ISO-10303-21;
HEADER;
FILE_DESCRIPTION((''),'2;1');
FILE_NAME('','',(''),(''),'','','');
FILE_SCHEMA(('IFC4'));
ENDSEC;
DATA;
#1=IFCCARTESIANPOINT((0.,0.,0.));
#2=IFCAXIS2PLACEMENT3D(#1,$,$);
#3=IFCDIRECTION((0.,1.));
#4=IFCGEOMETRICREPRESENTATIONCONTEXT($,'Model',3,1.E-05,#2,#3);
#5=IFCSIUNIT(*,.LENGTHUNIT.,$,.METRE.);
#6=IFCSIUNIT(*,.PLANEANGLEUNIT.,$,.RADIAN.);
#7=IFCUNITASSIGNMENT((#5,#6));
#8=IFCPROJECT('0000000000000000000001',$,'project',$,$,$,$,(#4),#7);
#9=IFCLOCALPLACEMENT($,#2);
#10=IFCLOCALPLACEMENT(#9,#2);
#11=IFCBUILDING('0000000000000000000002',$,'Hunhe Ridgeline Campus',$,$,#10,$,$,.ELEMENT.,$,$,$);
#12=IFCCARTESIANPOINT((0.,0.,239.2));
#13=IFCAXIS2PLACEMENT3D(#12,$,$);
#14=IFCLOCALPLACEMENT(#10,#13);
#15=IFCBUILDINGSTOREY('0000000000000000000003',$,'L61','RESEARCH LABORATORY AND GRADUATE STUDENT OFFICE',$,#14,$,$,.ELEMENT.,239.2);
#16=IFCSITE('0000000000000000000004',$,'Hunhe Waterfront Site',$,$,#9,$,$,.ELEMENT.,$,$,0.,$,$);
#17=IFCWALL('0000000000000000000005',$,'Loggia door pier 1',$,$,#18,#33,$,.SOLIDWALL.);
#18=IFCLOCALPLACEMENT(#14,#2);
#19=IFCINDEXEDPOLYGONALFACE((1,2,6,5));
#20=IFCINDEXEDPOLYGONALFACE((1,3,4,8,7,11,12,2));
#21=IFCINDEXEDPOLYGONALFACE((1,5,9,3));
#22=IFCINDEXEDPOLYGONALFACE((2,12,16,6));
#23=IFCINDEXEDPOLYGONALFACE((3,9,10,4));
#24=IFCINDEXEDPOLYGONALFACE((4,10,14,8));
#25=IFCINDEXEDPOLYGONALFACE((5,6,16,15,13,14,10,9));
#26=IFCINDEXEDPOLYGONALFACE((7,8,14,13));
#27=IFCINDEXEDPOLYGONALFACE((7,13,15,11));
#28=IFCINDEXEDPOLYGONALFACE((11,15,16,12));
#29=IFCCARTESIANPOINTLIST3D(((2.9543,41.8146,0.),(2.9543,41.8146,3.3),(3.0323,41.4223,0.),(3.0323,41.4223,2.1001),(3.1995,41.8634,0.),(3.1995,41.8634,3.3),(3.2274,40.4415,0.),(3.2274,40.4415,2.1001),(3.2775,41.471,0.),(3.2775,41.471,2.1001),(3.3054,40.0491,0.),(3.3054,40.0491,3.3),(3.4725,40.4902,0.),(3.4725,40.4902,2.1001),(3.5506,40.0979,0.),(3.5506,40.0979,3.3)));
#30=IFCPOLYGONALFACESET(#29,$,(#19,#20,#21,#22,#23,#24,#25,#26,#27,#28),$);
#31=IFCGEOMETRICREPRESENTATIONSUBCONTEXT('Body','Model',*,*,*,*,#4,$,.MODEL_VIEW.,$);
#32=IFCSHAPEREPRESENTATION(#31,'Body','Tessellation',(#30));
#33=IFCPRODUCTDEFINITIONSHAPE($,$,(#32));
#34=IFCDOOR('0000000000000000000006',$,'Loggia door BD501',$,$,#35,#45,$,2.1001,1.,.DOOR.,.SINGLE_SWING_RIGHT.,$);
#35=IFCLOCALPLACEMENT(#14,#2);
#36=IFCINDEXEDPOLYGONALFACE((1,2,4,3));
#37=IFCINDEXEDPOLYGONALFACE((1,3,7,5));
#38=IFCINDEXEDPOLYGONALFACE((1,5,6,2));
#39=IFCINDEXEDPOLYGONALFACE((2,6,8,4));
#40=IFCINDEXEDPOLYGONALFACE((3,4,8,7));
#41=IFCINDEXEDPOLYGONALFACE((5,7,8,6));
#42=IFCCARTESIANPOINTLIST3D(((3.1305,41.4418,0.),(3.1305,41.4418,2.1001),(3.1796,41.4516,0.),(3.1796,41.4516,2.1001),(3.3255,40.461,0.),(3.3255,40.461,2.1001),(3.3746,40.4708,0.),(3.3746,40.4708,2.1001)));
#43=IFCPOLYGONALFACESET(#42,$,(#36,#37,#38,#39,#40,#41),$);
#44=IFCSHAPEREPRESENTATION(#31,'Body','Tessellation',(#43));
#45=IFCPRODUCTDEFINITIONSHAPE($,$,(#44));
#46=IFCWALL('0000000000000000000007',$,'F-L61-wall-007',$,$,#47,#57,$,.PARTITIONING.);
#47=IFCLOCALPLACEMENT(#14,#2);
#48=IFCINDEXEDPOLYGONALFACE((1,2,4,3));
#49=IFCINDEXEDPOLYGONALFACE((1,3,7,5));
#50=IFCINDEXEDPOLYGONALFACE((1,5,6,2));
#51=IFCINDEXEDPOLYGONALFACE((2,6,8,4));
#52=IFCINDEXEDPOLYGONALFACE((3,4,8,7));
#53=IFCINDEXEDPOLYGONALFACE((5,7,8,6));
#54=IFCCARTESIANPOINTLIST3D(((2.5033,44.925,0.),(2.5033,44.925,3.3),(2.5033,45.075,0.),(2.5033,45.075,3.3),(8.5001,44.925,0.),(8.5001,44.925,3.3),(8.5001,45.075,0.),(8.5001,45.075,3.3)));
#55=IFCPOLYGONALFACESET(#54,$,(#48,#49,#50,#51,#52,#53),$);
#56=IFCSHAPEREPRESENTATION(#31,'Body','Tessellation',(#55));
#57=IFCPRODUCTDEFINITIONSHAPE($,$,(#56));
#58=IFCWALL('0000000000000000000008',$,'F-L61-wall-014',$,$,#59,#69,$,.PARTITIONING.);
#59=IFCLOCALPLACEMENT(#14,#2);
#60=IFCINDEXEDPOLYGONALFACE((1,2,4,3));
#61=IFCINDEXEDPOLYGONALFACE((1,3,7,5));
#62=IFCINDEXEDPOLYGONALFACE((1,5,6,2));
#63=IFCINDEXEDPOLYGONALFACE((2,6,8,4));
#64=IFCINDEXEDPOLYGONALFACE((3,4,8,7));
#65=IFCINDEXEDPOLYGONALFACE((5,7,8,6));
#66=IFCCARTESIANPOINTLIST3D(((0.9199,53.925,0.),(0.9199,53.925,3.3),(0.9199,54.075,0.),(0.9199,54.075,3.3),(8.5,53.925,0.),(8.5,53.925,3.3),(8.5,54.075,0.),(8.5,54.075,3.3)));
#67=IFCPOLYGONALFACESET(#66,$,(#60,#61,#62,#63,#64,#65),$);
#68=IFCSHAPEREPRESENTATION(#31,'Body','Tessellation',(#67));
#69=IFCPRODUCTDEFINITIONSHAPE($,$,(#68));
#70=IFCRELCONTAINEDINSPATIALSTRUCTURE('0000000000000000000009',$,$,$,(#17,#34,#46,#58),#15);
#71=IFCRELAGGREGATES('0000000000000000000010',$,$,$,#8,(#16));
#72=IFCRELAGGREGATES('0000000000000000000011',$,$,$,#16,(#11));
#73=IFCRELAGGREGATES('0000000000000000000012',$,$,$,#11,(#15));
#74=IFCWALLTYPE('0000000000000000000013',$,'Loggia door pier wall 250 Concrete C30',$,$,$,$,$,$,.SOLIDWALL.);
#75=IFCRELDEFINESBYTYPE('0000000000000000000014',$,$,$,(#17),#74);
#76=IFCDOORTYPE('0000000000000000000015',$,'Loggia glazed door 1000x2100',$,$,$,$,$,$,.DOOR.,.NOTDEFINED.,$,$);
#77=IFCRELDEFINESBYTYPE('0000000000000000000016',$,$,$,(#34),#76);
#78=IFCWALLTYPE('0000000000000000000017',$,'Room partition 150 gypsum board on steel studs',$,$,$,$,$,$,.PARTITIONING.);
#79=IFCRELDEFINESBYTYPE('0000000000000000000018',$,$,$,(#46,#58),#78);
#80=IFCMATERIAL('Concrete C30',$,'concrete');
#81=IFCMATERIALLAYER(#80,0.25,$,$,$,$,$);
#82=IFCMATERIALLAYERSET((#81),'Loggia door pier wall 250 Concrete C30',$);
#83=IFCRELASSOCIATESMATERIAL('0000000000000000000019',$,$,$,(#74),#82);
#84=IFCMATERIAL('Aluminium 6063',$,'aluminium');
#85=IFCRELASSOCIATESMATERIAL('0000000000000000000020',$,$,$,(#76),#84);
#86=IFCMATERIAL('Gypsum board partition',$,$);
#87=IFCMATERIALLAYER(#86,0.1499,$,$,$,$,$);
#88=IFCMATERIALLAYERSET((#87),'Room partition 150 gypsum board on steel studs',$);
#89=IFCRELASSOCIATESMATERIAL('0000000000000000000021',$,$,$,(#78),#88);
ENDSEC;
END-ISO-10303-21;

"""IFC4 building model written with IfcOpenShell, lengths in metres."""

from ifc_helpers import new_model, si_unit, direction, frame, frame_2d, origin, place, context, subcontext, project, spatial, rectangle, extrude, material, layer, layer_set, type_object, element, fill, save


model = new_model("IFC4")

# Units and contexts
model_context = context("Model", 3, precision=1e-05, world=origin(), true_north=direction((0.0, 1.0)))
body_context = subcontext(model_context, "Body", "Model", "MODEL_VIEW")
ifc_project = project(units=[si_unit("LENGTHUNIT", "METRE"), si_unit("PLANEANGLEUNIT", "RADIAN")], contexts=[model_context])

# Site, building, storey
site_placement = place(None, origin())
site = spatial("IfcSite", under=ifc_project, at=site_placement, Name="Hunhe Waterfront Site", CompositionType="ELEMENT", RefElevation=0.0)
building_placement = place(site_placement, origin())
building = spatial("IfcBuilding", under=site, at=building_placement, Name="Hunhe Ridgeline Campus", CompositionType="ELEMENT")
storey_placement = place(building_placement, frame((0.0, 0.0, 239.2)))
storey = spatial("IfcBuildingStorey", under=building, at=storey_placement, Name="L61", Description="RESEARCH LABORATORY AND GRADUATE STUDENT OFFICE", CompositionType="ELEMENT", Elevation=239.2)

# Shared definitions
ifc_material_1 = material(Name="Aluminium 6063", Category="aluminium")

# Shared definitions
ifc_material_2 = material(Name="Concrete C30", Category="concrete")

# Wall, opening, door
ifc_layer_1 = layer(ifc_material_2, 0.25)
ifc_layer_set_1 = layer_set([ifc_layer_1], Name="Loggia door pier wall 250 Concrete C30")
wall_type_1 = type_object("IfcWallType", Name="Loggia door pier wall 250 Concrete C30", PredefinedType="SOLIDWALL", material=ifc_layer_set_1)
wall_1_placement = place(storey_placement, frame((3.0769, 41.8389, 0.0), z_axis=(0.0, 0.0, 1.0), x_axis=(0.195047, -0.980794, 0.0)))
wall_1 = element("IfcWall", 1, at=wall_1_placement, inside=storey, type_object=wall_type_1, Name="Loggia door pier 1", PredefinedType="SOLIDWALL", context=body_context, shape_type="SweptSolid", body=[
    extrude(rectangle(XDim=1.8, YDim=0.25, at=frame_2d((0.8999, 0.0))), origin(), (0.0, 0.0, 1.0), 3.3),
])
opening_placement = place(wall_1_placement, frame((0.3999, 0.0, 0.0)))
opening = element("IfcOpeningElement", 2, at=opening_placement, cuts=wall_1, PredefinedType="OPENING", context=body_context, shape_type="SweptSolid", body=[
    extrude(rectangle(XDim=1.0, YDim=2.1001, at=frame_2d((0.5, 1.05))), frame((0.0, 0.125, 0.0), z_axis=(0.0, -1.0, 0.0), x_axis=(1.0, 0.0, 0.0)), (0.0, 0.0, 1.0), 0.25),
])
door_type = type_object("IfcDoorType", Name="Loggia glazed door 1000x2100", OperationType="NOTDEFINED", PredefinedType="DOOR", material=ifc_material_1)
door_placement = place(opening_placement, frame((1.0, 0.0, 0.0), z_axis=(0.0, 0.0, 1.0), x_axis=(-1.0, 0.0, 0.0)))
door = element("IfcDoor", 3, at=door_placement, inside=storey, type_object=door_type, Name="Loggia door BD501", OperationType="SINGLE_SWING_RIGHT", OverallHeight=2.1001, OverallWidth=1.0, PredefinedType="DOOR", context=body_context, shape_type="SweptSolid", body=[
    extrude(rectangle(XDim=1.0, YDim=2.1001, at=frame_2d((0.5, 1.05))), frame((0.0, 0.0249, 0.0), z_axis=(0.0, -1.0, 0.0), x_axis=(1.0, 0.0, 0.0)), (0.0, 0.0, 1.0), 0.05),
])
fill(opening, door)

# Walls
ifc_material_3 = material(Name="Gypsum board partition")
ifc_layer_2 = layer(ifc_material_3, 0.1499)
ifc_layer_set_2 = layer_set([ifc_layer_2], Name="Room partition 150 gypsum board on steel studs")
wall_type_2 = type_object("IfcWallType", Name="Room partition 150 gypsum board on steel studs", PredefinedType="PARTITIONING", material=ifc_layer_set_2)
wall_2_placement = place(storey_placement, frame((2.5032, 45.0, 0.0), z_axis=(0.0, 0.0, 1.0), x_axis=(1.0, 0.0, 0.0)))
element("IfcWall", 4, at=wall_2_placement, inside=storey, type_object=wall_type_2, Name="F-L61-wall-007", PredefinedType="PARTITIONING", context=body_context, shape_type="SweptSolid", body=[
    extrude(rectangle(XDim=5.9968, YDim=0.1499, at=frame_2d((2.9985, 0.0))), origin(), (0.0, 0.0, 1.0), 3.3),
])
wall_3_placement = place(storey_placement, frame((0.9199, 54.0, 0.0), z_axis=(0.0, 0.0, 1.0), x_axis=(1.0, 0.0, 0.0)))
element("IfcWall", 5, at=wall_3_placement, inside=storey, type_object=wall_type_2, Name="F-L61-wall-014", PredefinedType="PARTITIONING", context=body_context, shape_type="SweptSolid", body=[
    extrude(rectangle(XDim=7.5801, YDim=0.1499, at=frame_2d((3.79, 0.0))), origin(), (0.0, 0.0, 1.0), 3.3),
])

save(model, "model.ifc")
